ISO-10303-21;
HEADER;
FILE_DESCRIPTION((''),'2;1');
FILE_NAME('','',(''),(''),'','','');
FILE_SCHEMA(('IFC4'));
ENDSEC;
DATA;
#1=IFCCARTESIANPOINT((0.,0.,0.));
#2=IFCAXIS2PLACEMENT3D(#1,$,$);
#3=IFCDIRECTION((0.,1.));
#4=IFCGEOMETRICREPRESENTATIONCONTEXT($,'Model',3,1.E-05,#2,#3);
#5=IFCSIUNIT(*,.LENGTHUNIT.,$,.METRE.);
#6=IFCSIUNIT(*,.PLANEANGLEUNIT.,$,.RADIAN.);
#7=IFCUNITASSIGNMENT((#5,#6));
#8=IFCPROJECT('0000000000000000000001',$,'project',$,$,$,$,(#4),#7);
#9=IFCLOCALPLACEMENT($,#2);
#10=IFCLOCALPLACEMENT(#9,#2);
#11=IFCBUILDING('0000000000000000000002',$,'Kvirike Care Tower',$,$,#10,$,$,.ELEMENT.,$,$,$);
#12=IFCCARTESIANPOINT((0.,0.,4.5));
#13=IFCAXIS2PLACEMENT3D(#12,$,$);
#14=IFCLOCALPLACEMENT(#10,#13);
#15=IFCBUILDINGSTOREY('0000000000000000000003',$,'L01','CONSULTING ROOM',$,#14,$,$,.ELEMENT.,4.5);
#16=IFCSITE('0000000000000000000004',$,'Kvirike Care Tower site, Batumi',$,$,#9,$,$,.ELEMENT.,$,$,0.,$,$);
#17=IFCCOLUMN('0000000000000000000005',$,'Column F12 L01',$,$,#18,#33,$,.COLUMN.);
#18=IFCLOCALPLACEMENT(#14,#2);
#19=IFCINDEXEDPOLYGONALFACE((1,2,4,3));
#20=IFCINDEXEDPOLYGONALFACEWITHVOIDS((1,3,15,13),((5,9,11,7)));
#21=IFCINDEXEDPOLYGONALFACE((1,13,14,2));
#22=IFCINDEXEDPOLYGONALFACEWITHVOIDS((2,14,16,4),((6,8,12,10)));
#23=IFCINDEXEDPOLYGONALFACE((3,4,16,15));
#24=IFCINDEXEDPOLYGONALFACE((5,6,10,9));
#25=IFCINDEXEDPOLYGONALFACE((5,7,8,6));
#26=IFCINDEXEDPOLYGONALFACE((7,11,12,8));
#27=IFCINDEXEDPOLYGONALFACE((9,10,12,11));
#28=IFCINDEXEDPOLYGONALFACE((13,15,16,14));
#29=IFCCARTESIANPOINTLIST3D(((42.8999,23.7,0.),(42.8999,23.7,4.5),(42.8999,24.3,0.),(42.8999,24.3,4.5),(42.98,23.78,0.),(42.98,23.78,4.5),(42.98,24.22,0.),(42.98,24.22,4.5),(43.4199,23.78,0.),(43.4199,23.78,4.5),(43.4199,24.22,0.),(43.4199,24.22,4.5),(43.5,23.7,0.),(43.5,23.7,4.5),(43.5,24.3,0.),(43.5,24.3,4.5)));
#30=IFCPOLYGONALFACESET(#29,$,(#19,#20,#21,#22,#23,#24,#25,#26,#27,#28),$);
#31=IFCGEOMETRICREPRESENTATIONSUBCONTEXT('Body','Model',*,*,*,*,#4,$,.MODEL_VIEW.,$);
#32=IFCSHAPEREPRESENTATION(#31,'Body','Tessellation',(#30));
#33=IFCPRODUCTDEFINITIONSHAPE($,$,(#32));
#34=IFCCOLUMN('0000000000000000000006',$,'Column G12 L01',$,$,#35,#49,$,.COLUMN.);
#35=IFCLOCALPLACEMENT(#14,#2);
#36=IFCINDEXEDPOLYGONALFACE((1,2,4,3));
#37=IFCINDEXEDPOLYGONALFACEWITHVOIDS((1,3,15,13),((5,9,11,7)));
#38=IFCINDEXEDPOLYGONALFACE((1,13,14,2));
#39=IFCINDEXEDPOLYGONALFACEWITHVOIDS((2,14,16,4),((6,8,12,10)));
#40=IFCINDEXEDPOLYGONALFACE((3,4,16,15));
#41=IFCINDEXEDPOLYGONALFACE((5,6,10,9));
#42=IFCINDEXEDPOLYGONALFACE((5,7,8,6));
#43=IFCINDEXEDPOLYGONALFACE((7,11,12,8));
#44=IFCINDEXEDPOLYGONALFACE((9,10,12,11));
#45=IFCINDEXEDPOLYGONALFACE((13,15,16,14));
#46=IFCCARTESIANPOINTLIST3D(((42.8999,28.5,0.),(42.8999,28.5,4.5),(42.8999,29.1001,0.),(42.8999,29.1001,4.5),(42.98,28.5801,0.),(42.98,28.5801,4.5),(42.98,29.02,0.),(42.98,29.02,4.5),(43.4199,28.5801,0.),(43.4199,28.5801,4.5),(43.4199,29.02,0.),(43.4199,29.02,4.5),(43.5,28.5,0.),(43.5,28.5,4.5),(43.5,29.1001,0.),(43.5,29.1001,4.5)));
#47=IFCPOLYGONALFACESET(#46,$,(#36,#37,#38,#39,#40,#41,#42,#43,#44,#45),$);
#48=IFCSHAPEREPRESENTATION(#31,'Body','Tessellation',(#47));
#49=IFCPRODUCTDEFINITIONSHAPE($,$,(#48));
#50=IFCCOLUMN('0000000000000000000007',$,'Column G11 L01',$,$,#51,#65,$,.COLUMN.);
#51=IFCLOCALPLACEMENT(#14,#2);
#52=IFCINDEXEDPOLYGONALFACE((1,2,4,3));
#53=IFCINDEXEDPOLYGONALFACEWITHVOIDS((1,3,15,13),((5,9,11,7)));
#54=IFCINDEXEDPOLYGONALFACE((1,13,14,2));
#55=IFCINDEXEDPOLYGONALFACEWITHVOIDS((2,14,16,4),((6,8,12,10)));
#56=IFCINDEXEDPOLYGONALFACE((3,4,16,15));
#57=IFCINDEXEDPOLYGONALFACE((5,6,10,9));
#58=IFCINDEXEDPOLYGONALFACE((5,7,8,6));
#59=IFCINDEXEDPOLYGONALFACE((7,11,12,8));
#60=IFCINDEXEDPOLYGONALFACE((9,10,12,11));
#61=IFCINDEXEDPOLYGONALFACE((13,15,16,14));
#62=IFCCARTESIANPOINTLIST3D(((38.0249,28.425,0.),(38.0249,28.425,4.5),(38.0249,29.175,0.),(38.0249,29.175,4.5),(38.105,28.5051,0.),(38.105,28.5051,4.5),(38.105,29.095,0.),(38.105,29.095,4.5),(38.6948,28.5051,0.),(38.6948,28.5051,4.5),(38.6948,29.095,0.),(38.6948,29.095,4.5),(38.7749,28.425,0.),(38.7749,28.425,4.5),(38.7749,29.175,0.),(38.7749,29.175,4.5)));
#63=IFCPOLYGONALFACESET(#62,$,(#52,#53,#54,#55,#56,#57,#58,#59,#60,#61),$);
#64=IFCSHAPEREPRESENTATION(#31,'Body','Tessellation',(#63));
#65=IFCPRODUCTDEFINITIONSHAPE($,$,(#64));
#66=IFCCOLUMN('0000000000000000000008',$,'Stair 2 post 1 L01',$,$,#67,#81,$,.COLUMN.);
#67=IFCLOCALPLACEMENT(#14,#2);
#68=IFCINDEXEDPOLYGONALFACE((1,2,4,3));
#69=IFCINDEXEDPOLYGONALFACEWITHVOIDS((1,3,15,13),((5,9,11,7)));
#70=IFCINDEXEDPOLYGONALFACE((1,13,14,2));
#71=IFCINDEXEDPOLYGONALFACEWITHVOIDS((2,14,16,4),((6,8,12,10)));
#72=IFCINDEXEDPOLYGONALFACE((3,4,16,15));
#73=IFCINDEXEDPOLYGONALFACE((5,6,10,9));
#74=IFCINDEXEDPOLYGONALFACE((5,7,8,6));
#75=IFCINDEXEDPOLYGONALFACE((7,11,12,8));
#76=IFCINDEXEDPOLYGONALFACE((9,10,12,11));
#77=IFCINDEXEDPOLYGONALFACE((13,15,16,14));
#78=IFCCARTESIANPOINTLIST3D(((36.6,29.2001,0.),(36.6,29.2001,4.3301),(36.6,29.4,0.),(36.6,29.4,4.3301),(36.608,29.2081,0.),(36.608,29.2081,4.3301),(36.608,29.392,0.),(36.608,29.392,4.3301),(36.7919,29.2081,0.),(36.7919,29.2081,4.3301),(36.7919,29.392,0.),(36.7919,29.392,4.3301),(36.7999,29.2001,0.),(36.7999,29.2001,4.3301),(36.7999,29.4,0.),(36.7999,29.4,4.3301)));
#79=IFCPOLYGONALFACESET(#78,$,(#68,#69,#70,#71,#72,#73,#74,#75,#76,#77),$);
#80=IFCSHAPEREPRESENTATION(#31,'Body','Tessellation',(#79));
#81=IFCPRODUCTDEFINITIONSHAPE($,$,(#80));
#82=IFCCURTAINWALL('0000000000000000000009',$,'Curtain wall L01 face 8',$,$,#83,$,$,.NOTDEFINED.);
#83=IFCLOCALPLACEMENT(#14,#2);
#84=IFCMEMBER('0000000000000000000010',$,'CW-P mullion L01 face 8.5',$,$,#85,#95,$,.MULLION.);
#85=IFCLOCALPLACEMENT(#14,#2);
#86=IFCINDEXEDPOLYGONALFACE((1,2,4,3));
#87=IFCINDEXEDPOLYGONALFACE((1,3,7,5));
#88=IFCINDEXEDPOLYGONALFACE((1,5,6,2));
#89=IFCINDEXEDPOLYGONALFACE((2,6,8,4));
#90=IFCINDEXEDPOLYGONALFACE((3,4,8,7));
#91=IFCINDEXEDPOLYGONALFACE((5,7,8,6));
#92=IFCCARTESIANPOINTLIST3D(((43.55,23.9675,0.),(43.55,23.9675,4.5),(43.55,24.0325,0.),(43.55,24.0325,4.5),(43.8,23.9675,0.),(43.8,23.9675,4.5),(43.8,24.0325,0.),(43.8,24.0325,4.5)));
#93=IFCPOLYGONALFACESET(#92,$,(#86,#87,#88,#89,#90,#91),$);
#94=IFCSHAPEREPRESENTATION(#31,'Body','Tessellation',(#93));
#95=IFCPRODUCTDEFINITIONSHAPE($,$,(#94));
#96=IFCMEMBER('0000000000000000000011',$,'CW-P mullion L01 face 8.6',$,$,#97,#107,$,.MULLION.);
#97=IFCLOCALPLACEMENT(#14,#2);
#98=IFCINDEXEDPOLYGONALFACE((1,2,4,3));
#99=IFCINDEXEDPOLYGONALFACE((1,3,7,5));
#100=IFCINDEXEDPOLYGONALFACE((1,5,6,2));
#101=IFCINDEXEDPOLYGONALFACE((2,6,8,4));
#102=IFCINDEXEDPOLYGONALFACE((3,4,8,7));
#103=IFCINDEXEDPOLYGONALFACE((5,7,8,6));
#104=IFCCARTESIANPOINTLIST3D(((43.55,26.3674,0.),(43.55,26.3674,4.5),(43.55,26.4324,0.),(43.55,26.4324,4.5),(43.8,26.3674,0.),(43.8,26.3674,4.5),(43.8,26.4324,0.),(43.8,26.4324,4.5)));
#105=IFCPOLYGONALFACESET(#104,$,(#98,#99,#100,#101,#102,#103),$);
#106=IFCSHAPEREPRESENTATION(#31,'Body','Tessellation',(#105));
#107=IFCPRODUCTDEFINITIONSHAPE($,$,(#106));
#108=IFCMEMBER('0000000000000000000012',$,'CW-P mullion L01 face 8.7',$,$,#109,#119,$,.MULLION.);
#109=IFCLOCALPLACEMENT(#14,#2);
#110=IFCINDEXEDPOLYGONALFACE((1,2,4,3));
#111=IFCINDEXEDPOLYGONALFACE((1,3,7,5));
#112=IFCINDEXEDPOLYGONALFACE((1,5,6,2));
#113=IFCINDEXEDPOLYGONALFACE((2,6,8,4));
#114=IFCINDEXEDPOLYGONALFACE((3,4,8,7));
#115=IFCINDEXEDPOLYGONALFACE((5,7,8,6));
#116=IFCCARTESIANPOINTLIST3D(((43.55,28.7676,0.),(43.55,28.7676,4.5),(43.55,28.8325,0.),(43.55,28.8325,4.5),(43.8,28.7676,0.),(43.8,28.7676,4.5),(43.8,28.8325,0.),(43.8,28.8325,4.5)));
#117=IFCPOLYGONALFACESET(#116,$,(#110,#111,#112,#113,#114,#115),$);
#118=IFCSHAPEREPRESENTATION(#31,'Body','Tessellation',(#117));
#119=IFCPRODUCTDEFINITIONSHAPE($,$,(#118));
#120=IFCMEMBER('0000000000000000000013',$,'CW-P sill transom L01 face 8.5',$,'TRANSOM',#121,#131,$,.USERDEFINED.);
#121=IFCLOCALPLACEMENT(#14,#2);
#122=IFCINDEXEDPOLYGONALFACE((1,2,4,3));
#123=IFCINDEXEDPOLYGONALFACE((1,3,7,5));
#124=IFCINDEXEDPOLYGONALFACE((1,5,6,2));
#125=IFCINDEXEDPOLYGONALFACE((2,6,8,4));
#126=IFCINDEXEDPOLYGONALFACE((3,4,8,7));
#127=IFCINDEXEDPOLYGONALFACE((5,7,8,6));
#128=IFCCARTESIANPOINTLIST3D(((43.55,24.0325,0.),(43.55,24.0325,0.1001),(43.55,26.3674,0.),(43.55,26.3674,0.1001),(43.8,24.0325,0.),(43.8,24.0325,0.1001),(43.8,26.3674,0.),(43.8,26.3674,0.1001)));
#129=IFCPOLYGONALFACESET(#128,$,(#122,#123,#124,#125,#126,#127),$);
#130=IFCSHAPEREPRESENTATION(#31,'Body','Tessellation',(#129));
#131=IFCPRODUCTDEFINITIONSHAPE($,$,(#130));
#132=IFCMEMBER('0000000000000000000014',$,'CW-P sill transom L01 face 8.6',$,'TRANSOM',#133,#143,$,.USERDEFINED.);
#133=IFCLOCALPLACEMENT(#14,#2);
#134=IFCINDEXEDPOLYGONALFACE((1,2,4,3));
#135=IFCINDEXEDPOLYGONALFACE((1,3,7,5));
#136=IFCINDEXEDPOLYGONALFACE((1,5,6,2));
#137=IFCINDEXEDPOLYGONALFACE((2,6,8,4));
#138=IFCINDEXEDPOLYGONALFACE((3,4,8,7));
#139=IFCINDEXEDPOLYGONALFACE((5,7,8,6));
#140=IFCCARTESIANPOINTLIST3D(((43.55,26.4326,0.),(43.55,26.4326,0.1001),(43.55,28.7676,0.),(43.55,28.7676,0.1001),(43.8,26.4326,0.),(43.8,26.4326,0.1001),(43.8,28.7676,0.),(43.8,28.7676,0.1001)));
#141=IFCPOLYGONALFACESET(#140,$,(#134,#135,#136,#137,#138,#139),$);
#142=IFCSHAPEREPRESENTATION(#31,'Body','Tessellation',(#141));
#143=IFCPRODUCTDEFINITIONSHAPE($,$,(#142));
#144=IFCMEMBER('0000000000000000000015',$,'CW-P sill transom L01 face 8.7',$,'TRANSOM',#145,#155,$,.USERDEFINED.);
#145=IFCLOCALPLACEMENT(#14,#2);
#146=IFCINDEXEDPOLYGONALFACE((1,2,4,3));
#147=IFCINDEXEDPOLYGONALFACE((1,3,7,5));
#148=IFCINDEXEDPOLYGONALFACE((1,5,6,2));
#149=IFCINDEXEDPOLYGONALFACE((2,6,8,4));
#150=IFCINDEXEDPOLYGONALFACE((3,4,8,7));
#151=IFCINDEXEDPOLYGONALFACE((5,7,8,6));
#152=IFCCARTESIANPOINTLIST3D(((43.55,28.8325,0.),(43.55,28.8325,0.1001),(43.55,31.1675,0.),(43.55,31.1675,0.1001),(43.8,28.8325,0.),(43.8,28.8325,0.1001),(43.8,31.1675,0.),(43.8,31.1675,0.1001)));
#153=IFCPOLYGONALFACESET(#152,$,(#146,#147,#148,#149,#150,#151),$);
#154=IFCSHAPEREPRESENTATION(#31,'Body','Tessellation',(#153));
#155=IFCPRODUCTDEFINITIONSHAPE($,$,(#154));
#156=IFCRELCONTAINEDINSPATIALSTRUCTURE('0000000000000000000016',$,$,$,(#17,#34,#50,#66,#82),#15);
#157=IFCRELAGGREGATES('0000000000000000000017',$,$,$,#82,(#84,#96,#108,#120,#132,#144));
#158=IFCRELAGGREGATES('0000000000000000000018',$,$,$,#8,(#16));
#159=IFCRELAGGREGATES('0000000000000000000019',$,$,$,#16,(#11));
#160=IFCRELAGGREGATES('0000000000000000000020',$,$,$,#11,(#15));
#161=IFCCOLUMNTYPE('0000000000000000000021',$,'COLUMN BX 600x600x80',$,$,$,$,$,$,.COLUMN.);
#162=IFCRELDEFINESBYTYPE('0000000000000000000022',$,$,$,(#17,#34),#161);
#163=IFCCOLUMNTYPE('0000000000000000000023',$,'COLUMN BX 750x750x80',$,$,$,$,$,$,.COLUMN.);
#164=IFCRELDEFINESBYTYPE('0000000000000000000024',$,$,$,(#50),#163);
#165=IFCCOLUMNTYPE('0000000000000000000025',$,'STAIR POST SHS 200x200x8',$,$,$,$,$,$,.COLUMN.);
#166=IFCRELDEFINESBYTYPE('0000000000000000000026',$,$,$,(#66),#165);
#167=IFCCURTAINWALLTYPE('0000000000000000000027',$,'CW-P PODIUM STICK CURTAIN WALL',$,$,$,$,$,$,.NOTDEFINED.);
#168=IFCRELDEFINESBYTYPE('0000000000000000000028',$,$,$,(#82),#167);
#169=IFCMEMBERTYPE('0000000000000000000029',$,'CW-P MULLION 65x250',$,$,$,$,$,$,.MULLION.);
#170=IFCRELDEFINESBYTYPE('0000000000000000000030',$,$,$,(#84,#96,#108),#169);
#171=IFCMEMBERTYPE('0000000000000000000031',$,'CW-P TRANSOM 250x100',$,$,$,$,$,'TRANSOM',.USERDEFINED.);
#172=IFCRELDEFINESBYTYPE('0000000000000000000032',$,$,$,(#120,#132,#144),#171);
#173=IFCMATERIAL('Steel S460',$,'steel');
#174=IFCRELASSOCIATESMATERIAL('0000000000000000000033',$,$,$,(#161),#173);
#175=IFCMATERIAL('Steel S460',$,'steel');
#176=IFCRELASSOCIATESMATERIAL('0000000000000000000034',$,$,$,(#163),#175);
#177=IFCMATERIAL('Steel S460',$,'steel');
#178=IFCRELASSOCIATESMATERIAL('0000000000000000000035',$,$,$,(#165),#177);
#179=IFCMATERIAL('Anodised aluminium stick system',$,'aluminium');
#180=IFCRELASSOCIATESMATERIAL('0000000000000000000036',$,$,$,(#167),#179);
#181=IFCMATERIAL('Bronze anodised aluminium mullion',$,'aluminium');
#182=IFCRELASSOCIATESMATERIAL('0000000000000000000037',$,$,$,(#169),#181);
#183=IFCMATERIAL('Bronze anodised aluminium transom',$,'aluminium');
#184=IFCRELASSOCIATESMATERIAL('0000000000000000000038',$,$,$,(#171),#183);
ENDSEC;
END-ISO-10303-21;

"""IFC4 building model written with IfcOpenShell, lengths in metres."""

from ifc_helpers import new_model, si_unit, direction, frame, origin, origin_2d, place, context, subcontext, project, spatial, rectangle, hollow_rectangle, extrude, material, material_profile, profile_set, type_object, element, aggregate, save


model = new_model("IFC4")

# Units and contexts
model_context = context("Model", 3, precision=1e-05, world=origin(), true_north=direction((0.0, 1.0)))
body_context = subcontext(model_context, "Body", "Model", "MODEL_VIEW")
ifc_project = project(units=[si_unit("LENGTHUNIT", "METRE"), si_unit("PLANEANGLEUNIT", "RADIAN")], contexts=[model_context])

# Site, building, storey
site_placement = place(None, origin())
site = spatial("IfcSite", under=ifc_project, at=site_placement, Name="Kvirike Care Tower site, Batumi", CompositionType="ELEMENT", RefElevation=0.0)
building_placement = place(site_placement, origin())
building = spatial("IfcBuilding", under=site, at=building_placement, Name="Kvirike Care Tower", CompositionType="ELEMENT")
storey_placement = place(building_placement, frame((0.0, 0.0, 4.5)))
storey = spatial("IfcBuildingStorey", under=building, at=storey_placement, Name="L01", Description="CONSULTING ROOM", CompositionType="ELEMENT", Elevation=4.5)

# Columns
ifc_material_1 = material(Name="Steel S460", Category="steel")
ifc_material_profile_1 = material_profile(ifc_material_1, hollow_rectangle(XDim=0.6001, YDim=0.6001, WallThickness=0.0801, at=origin_2d()), Name="BX 600x600x80")
ifc_profile_set_1 = profile_set([ifc_material_profile_1], Name="Steel S460")
column_type_1 = type_object("IfcColumnType", Name="COLUMN BX 600x600x80", PredefinedType="COLUMN", material=ifc_profile_set_1)
for number, where, z_axis, x_axis, name in (
    (1, (43.2, 24.0, 0.0), (0.0, 0.0, 1.0), (1.0, 0.0, 0.0), "Column F12 L01"),
    (2, (43.2, 28.8, 0.0), (0.0, 0.0, 1.0), (0.0, 1.0, 0.0), "Column G12 L01"),
):
    element("IfcColumn", number, at=place(storey_placement, frame(where, z_axis=z_axis, x_axis=x_axis)), inside=storey, type_object=column_type_1, Name=name, PredefinedType="COLUMN", context=body_context, shape_type="SweptSolid", body=[
        extrude(hollow_rectangle(XDim=0.6001, YDim=0.6001, WallThickness=0.0801, at=origin_2d()), origin(), (0.0, 0.0, 1.0), 4.5),
    ])
ifc_material_2 = material(Name="Steel S460", Category="steel")
ifc_material_profile_2 = material_profile(ifc_material_2, hollow_rectangle(XDim=0.75, YDim=0.75, WallThickness=0.0801, at=origin_2d()), Name="BX 750x750x80")
ifc_profile_set_2 = profile_set([ifc_material_profile_2], Name="Steel S460")
column_type_2 = type_object("IfcColumnType", Name="COLUMN BX 750x750x80", PredefinedType="COLUMN", material=ifc_profile_set_2)
column_1_placement = place(storey_placement, frame((38.3999, 28.8, 0.0), z_axis=(0.0, 0.0, 1.0), x_axis=(0.0, 1.0, 0.0)))
element("IfcColumn", 3, at=column_1_placement, inside=storey, type_object=column_type_2, Name="Column G11 L01", PredefinedType="COLUMN", context=body_context, shape_type="SweptSolid", body=[
    extrude(hollow_rectangle(XDim=0.75, YDim=0.75, WallThickness=0.0801, at=origin_2d()), origin(), (0.0, 0.0, 1.0), 4.5),
])
ifc_material_3 = material(Name="Steel S460", Category="steel")
ifc_material_profile_3 = material_profile(ifc_material_3, hollow_rectangle(XDim=0.2, YDim=0.2, WallThickness=0.0081, at=origin_2d()), Name="SHS 200x200x8")
ifc_profile_set_3 = profile_set([ifc_material_profile_3], Name="Steel S460")
column_type_3 = type_object("IfcColumnType", Name="STAIR POST SHS 200x200x8", PredefinedType="COLUMN", material=ifc_profile_set_3)
column_2_placement = place(storey_placement, frame((36.7, 29.3, 0.0), z_axis=(0.0, 0.0, 1.0), x_axis=(1.0, 0.0, 0.0)))
element("IfcColumn", 4, at=column_2_placement, inside=storey, type_object=column_type_3, Name="Stair 2 post 1 L01", PredefinedType="COLUMN", context=body_context, shape_type="SweptSolid", body=[
    extrude(hollow_rectangle(XDim=0.2, YDim=0.2, WallThickness=0.0081, at=origin_2d()), origin(), (0.0, 0.0, 1.0), 4.3301),
])

# Curtain wall, members
ifc_material_4 = material(Name="Anodised aluminium stick system", Category="aluminium")
curtain_wall_type = type_object("IfcCurtainWallType", Name="CW-P PODIUM STICK CURTAIN WALL", PredefinedType="NOTDEFINED", material=ifc_material_4)
curtain_wall_placement = place(storey_placement, origin())
curtain_wall = element("IfcCurtainWall", 5, at=curtain_wall_placement, inside=storey, type_object=curtain_wall_type, Name="Curtain wall L01 face 8", PredefinedType="NOTDEFINED")
ifc_material_5 = material(Name="Bronze anodised aluminium mullion", Category="aluminium")
ifc_material_profile_4 = material_profile(ifc_material_5, rectangle(XDim=0.0649, YDim=0.25, at=origin_2d()), Name="CW-P MULLION 65x250")
ifc_profile_set_4 = profile_set([ifc_material_profile_4], Name="Bronze anodised aluminium mullion")
member_type_1 = type_object("IfcMemberType", Name="CW-P MULLION 65x250", PredefinedType="MULLION", material=ifc_profile_set_4)
member_1_placement = place(storey_placement, frame((43.675, 24.0, 0.0), z_axis=(0.0, 0.0, 1.0), x_axis=(0.0, 1.0, 0.0)))
member_1 = element("IfcMember", 6, at=member_1_placement, type_object=member_type_1, Name="CW-P mullion L01 face 8.5", PredefinedType="MULLION", context=body_context, shape_type="SweptSolid", body=[
    extrude(rectangle(XDim=0.0649, YDim=0.25, at=origin_2d()), origin(), (0.0, 0.0, 1.0), 4.5),
])
member_2_placement = place(storey_placement, frame((43.675, 26.3999, 0.0), z_axis=(0.0, 0.0, 1.0), x_axis=(0.0, 1.0, 0.0)))
member_2 = element("IfcMember", 7, at=member_2_placement, type_object=member_type_1, Name="CW-P mullion L01 face 8.6", PredefinedType="MULLION", context=body_context, shape_type="SweptSolid", body=[
    extrude(rectangle(XDim=0.0649, YDim=0.25, at=origin_2d()), origin(), (0.0, 0.0, 1.0), 4.5),
])
member_3_placement = place(storey_placement, frame((43.675, 28.8, 0.0), z_axis=(0.0, 0.0, 1.0), x_axis=(0.0, 1.0, 0.0)))
member_3 = element("IfcMember", 8, at=member_3_placement, type_object=member_type_1, Name="CW-P mullion L01 face 8.7", PredefinedType="MULLION", context=body_context, shape_type="SweptSolid", body=[
    extrude(rectangle(XDim=0.0649, YDim=0.25, at=origin_2d()), origin(), (0.0, 0.0, 1.0), 4.5),
])
ifc_material_6 = material(Name="Bronze anodised aluminium transom", Category="aluminium")
ifc_material_profile_5 = material_profile(ifc_material_6, rectangle(XDim=0.25, YDim=0.1001, at=origin_2d()), Name="CW-P TRANSOM 250x100")
ifc_profile_set_5 = profile_set([ifc_material_profile_5], Name="Bronze anodised aluminium transom")
member_type_2 = type_object("IfcMemberType", Name="CW-P TRANSOM 250x100", ElementType="TRANSOM", PredefinedType="USERDEFINED", material=ifc_profile_set_5)
member_4_placement = place(storey_placement, frame((43.675, 24.0325, 0.05), z_axis=(0.0, 1.0, 0.0), x_axis=(-1.0, 0.0, 0.0)))
member_4 = element("IfcMember", 9, at=member_4_placement, type_object=member_type_2, Name="CW-P sill transom L01 face 8.5", ObjectType="TRANSOM", PredefinedType="USERDEFINED", context=body_context, shape_type="SweptSolid", body=[
    extrude(rectangle(XDim=0.25, YDim=0.1001, at=origin_2d()), origin(), (0.0, 0.0, 1.0), 2.335),
])
member_5_placement = place(storey_placement, frame((43.675, 26.4326, 0.05), z_axis=(0.0, 1.0, 0.0), x_axis=(-1.0, 0.0, 0.0)))
member_5 = element("IfcMember", 10, at=member_5_placement, type_object=member_type_2, Name="CW-P sill transom L01 face 8.6", ObjectType="TRANSOM", PredefinedType="USERDEFINED", context=body_context, shape_type="SweptSolid", body=[
    extrude(rectangle(XDim=0.25, YDim=0.1001, at=origin_2d()), origin(), (0.0, 0.0, 1.0), 2.335),
])
member_6_placement = place(storey_placement, frame((43.675, 28.8325, 0.05), z_axis=(0.0, 1.0, 0.0), x_axis=(-1.0, 0.0, 0.0)))
member_6 = element("IfcMember", 11, at=member_6_placement, type_object=member_type_2, Name="CW-P sill transom L01 face 8.7", ObjectType="TRANSOM", PredefinedType="USERDEFINED", context=body_context, shape_type="SweptSolid", body=[
    extrude(rectangle(XDim=0.25, YDim=0.1001, at=origin_2d()), origin(), (0.0, 0.0, 1.0), 2.335),
])

aggregate(curtain_wall, [member_1, member_2, member_3, member_4, member_5, member_6])

save(model, "model.ifc")
